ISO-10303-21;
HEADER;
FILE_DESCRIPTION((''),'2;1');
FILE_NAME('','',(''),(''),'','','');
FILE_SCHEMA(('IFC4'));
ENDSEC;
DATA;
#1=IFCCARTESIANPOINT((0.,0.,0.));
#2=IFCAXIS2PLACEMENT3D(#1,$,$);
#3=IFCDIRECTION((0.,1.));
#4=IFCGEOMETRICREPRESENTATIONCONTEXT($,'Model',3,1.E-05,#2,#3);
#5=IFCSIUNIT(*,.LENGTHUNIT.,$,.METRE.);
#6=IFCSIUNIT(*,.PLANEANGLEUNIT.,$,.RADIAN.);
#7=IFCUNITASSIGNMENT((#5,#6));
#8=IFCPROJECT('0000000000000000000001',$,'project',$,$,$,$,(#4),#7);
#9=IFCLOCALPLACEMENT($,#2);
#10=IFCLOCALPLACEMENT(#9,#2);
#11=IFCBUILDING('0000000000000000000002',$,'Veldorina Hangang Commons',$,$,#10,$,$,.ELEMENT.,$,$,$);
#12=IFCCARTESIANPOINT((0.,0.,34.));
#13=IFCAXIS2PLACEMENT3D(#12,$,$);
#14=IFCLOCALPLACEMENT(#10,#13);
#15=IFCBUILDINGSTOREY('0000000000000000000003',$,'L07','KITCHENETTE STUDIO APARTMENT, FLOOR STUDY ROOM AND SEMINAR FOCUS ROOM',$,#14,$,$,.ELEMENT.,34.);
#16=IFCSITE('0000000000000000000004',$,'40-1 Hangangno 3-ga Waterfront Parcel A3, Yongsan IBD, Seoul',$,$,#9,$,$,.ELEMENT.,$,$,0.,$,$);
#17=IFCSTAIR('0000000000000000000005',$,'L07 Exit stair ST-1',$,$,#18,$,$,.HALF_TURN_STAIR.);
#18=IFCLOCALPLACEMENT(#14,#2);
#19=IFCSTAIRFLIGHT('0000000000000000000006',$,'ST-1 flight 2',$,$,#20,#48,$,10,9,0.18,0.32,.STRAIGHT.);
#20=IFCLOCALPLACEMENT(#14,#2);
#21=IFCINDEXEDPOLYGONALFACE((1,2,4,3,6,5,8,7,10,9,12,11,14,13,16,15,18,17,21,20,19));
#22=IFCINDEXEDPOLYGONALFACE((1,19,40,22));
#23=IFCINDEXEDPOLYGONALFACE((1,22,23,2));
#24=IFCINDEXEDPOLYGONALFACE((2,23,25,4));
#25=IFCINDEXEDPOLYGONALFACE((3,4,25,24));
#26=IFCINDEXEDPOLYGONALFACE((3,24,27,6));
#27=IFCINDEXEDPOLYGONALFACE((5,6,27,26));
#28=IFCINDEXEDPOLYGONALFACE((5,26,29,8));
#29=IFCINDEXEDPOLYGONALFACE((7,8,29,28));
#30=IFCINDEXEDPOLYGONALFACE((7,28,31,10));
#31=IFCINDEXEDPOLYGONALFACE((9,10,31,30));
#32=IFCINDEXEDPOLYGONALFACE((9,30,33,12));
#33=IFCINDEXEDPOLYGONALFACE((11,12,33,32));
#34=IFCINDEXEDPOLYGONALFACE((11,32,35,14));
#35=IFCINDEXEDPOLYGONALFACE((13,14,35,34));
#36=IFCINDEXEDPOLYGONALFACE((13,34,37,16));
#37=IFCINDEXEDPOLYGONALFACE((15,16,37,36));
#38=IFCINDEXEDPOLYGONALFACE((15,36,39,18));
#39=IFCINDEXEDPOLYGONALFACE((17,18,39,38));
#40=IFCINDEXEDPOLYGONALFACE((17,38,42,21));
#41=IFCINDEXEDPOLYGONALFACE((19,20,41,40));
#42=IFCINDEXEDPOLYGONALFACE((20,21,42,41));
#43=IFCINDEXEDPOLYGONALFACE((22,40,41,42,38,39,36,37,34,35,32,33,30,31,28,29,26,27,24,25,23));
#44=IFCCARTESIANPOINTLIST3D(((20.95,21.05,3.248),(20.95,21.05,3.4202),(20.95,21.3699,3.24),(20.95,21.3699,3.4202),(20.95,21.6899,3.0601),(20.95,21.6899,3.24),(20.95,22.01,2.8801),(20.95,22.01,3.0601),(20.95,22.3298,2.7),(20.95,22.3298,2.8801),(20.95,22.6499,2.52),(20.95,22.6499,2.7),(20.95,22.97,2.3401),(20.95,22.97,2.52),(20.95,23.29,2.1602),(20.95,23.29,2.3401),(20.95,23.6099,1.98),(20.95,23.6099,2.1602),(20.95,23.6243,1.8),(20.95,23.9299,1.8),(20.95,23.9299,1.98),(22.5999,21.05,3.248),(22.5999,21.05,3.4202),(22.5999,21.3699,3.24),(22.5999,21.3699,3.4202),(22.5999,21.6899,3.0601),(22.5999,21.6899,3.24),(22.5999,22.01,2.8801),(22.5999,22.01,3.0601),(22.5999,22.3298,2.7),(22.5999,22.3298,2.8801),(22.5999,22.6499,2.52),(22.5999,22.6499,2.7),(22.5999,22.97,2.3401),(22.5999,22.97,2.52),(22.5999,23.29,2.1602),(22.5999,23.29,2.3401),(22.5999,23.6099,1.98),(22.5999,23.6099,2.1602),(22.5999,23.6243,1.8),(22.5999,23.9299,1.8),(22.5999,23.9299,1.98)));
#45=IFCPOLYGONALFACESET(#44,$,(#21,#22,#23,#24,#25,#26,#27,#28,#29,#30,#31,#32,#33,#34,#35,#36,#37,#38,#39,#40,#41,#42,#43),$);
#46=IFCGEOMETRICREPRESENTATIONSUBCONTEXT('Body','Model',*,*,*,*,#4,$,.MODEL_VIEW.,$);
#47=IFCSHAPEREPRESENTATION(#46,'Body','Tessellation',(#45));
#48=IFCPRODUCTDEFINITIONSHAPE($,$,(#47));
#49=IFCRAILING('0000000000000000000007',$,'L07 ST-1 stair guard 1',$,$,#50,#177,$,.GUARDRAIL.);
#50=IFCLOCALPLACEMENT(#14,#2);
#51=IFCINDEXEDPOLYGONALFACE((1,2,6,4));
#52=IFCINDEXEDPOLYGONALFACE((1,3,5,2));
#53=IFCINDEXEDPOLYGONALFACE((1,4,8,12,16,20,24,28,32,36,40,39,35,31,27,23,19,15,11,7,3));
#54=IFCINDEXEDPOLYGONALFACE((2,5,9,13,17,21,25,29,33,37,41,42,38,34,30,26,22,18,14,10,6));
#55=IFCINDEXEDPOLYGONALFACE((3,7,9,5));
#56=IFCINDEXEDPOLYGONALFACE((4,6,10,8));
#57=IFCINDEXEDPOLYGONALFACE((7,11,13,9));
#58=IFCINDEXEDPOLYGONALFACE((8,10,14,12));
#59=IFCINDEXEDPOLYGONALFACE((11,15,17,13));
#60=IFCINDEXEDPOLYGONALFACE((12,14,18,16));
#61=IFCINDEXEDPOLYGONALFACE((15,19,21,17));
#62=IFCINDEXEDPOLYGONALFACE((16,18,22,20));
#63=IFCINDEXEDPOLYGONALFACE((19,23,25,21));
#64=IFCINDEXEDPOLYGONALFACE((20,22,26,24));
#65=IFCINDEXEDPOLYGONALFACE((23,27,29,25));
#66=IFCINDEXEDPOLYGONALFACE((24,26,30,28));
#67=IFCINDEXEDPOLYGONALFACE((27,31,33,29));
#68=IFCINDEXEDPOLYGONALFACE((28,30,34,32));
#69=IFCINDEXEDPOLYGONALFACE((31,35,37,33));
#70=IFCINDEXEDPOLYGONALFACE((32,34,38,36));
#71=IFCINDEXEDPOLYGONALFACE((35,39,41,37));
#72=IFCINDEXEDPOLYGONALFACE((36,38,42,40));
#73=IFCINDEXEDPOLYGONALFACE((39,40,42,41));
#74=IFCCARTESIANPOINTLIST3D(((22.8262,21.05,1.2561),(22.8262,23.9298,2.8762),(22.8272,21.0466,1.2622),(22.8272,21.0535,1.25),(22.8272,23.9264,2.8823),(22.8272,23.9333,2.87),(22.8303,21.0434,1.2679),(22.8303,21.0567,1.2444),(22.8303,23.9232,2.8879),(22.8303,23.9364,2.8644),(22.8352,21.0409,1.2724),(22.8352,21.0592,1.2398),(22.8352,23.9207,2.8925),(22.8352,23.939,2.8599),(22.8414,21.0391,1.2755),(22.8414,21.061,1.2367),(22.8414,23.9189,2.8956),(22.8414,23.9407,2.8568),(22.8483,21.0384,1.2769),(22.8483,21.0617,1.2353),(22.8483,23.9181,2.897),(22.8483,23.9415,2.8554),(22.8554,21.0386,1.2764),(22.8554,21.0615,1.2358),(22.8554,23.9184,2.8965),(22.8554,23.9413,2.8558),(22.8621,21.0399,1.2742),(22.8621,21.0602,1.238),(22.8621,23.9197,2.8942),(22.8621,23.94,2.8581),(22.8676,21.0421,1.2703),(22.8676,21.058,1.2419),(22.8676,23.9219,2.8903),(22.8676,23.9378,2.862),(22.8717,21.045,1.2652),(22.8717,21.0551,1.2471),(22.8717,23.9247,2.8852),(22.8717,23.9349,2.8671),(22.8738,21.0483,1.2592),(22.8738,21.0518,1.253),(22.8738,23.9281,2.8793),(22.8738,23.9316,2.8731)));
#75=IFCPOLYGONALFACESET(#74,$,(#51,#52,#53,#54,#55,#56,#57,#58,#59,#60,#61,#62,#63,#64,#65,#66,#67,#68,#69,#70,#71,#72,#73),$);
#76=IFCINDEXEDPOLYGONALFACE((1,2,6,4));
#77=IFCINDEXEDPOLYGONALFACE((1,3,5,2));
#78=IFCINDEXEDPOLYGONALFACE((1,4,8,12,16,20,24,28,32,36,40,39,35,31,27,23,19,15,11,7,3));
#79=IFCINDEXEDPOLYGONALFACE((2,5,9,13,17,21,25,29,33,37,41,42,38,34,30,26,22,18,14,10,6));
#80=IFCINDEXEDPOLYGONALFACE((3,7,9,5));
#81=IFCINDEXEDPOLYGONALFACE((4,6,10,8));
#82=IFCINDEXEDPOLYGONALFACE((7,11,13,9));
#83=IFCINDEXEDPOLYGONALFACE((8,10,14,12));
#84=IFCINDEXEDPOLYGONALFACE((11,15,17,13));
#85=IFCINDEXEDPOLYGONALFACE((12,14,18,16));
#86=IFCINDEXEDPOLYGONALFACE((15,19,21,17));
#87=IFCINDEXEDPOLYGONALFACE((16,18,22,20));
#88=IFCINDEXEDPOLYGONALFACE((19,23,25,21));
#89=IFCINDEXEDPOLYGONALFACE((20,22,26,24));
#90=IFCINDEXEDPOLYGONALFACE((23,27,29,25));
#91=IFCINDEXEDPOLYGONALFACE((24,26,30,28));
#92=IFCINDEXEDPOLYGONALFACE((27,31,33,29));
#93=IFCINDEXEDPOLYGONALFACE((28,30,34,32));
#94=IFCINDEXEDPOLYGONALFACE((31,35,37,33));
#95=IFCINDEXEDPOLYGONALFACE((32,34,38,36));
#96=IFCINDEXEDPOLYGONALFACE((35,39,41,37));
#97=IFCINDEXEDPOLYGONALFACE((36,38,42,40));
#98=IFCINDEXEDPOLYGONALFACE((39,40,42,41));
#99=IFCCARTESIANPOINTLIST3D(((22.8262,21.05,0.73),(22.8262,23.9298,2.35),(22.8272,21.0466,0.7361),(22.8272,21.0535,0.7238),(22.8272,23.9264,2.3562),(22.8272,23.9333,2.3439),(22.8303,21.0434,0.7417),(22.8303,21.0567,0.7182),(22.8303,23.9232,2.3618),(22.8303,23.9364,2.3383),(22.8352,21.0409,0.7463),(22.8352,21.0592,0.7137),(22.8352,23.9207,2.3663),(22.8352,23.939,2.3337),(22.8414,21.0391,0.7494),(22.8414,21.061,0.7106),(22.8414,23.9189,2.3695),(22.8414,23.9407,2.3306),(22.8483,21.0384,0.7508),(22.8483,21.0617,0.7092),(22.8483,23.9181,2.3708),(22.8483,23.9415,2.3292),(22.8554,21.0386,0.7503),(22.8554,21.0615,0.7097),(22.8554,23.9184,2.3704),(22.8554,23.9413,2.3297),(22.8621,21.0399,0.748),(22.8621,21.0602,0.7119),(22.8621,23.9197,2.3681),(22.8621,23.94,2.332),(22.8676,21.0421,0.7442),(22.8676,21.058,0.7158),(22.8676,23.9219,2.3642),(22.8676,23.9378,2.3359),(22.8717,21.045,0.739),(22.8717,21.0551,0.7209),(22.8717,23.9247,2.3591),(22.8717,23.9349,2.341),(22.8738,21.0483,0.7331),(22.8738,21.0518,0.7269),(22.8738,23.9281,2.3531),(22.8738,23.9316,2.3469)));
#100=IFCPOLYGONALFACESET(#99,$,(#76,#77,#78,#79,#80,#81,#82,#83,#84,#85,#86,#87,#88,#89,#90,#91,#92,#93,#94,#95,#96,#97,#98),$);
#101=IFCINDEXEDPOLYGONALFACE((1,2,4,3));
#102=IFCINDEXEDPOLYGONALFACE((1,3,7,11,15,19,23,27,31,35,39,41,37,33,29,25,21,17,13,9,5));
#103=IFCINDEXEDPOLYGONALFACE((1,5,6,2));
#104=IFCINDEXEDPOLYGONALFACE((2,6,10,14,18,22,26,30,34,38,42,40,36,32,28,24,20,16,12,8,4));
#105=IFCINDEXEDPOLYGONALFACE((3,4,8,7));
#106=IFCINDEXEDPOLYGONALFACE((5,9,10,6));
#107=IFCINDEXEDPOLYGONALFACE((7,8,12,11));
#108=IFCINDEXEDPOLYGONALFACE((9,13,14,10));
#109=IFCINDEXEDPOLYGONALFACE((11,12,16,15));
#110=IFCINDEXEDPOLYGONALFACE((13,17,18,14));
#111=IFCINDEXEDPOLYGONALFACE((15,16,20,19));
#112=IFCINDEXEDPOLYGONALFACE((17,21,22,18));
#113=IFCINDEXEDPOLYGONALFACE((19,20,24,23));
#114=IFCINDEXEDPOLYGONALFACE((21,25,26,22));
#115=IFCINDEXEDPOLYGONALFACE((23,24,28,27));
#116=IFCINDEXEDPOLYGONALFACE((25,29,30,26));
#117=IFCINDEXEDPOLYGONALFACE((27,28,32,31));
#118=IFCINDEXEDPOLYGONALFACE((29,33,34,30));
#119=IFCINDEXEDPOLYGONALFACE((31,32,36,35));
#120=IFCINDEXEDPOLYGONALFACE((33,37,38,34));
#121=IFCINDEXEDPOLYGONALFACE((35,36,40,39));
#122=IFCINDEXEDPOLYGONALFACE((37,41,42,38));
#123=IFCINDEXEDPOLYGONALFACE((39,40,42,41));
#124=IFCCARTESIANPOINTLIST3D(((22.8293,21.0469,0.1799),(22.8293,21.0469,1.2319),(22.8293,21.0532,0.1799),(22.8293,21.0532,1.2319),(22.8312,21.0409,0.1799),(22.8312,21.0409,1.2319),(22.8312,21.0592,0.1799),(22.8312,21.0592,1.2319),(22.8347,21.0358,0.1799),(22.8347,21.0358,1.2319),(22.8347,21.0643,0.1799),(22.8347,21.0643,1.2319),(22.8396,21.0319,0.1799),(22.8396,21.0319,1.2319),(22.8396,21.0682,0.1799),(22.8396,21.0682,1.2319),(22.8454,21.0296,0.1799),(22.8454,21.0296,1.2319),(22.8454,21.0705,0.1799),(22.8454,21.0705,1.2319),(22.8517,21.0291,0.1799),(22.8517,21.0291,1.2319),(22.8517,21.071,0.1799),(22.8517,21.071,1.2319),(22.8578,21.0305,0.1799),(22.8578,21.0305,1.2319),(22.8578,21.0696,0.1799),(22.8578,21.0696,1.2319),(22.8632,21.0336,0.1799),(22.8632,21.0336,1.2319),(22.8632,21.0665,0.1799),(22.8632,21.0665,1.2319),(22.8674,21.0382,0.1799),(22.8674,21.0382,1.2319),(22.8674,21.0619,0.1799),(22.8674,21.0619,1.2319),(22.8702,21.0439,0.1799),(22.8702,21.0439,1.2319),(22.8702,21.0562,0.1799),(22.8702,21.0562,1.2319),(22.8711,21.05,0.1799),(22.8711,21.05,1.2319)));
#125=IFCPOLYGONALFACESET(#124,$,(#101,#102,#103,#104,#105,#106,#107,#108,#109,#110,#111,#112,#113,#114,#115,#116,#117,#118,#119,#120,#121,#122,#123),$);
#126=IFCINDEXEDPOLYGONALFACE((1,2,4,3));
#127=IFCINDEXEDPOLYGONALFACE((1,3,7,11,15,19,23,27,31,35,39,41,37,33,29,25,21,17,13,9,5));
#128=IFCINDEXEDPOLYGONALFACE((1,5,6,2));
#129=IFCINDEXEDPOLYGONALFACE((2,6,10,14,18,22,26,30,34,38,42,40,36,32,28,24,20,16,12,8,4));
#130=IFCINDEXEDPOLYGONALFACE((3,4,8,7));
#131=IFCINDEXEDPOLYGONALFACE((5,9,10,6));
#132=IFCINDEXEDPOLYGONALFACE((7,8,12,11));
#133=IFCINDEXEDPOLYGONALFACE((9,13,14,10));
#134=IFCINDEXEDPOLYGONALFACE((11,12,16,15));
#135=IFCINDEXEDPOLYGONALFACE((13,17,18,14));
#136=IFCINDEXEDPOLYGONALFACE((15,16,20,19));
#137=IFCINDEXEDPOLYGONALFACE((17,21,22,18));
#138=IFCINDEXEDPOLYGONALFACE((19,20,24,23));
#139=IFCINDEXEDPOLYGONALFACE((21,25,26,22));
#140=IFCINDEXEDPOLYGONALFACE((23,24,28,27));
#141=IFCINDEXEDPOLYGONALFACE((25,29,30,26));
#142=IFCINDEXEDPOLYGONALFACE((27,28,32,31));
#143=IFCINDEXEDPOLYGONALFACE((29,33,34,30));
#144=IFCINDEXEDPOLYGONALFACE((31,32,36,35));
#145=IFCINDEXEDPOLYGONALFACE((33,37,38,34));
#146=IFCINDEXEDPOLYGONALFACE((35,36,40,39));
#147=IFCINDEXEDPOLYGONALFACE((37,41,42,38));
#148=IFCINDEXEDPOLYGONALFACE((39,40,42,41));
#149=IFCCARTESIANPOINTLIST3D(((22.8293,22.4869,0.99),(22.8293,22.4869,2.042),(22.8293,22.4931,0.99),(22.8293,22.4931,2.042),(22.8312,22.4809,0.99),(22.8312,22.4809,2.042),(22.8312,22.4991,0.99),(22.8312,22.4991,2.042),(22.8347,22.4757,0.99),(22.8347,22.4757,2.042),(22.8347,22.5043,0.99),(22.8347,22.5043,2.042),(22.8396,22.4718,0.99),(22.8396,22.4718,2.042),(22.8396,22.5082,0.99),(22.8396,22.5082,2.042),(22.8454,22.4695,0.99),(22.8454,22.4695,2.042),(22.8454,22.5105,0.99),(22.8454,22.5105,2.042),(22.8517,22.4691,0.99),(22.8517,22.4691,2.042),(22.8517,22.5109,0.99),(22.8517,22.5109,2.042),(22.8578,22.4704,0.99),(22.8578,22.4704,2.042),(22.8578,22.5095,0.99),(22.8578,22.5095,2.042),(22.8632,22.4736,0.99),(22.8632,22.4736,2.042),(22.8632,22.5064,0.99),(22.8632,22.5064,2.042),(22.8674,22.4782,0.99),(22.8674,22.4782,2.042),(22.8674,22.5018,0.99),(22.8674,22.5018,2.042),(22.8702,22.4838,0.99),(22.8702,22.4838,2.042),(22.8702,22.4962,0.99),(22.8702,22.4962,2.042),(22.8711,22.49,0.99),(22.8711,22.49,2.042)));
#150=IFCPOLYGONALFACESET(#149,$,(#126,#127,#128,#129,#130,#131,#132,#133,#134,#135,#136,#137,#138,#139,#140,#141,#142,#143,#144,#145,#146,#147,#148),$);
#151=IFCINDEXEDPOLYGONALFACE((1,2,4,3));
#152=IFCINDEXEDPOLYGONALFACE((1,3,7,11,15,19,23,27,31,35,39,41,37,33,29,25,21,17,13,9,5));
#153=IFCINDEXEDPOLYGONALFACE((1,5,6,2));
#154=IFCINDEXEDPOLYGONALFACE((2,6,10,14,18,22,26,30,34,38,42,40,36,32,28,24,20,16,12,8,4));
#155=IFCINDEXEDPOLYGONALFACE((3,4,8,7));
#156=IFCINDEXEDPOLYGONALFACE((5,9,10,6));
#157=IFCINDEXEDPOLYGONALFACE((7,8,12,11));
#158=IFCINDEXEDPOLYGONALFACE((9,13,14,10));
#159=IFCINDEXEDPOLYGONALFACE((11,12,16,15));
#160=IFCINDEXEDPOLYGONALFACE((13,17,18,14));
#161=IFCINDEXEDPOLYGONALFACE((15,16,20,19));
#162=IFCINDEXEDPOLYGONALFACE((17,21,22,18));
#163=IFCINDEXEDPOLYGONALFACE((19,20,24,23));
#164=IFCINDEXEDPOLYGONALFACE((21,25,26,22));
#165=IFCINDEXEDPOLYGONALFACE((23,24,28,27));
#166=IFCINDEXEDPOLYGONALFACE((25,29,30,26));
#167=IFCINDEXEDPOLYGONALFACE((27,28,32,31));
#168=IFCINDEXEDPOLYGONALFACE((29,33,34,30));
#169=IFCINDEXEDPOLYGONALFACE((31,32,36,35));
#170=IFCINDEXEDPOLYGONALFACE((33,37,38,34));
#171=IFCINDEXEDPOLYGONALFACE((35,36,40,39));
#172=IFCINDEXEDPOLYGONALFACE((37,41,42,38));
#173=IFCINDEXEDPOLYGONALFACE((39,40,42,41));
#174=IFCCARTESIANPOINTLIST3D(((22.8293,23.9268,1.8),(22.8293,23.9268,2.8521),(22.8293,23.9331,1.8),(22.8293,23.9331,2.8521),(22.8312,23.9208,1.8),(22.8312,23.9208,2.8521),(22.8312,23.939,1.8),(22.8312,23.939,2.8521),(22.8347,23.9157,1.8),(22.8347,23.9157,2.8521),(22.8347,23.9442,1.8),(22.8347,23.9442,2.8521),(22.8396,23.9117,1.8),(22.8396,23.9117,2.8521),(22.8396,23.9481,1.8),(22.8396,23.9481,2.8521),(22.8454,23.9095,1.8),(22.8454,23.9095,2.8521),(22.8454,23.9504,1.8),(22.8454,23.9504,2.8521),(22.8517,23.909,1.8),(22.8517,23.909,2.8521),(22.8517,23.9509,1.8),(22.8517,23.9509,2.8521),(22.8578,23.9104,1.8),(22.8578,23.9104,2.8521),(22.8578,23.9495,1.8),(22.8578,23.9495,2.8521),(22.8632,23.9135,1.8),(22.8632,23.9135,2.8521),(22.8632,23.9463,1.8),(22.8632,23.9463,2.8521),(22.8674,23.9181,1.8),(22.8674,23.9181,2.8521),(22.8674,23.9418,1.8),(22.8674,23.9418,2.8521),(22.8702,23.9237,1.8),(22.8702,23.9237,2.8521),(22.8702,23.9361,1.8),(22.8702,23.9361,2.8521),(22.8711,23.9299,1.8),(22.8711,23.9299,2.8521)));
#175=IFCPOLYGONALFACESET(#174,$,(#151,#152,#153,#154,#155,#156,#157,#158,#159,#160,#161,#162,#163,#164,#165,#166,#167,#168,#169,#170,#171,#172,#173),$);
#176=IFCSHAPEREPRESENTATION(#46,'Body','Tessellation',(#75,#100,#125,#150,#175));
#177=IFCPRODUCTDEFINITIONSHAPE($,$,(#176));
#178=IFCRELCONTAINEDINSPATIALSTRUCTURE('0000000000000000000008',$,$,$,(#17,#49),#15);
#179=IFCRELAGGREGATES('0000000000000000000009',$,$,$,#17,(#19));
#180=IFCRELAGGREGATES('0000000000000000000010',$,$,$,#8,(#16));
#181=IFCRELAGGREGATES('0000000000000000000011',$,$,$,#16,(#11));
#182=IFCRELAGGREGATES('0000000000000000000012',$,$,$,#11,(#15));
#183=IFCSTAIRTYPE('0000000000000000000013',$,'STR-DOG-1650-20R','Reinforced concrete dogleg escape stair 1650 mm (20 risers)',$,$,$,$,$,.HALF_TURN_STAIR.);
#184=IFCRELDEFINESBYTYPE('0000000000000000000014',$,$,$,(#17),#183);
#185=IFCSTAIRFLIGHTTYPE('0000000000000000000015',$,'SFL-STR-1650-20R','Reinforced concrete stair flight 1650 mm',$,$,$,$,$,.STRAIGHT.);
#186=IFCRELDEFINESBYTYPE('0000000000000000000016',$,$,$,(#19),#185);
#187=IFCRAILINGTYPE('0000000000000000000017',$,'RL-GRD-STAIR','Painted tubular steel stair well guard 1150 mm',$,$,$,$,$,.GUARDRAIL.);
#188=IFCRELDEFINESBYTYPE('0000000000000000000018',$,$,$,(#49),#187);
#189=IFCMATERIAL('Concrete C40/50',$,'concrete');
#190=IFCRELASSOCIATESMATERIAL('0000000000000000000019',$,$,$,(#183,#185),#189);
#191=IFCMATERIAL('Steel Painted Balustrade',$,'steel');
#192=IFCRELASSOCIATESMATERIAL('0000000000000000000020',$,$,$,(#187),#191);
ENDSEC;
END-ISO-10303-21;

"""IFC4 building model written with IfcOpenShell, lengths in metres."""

from ifc_helpers import new_model, si_unit, direction, frame, origin, origin_2d, place, context, subcontext, project, spatial, polyline, circle, outline, extrude, material, type_object, element, aggregate, save


model = new_model("IFC4")

# Units and contexts
model_context = context("Model", 3, precision=1e-05, world=origin(), true_north=direction((0.0, 1.0)))
body_context = subcontext(model_context, "Body", "Model", "MODEL_VIEW")
ifc_project = project(units=[si_unit("LENGTHUNIT", "METRE"), si_unit("PLANEANGLEUNIT", "RADIAN")], contexts=[model_context])

# Site, building, storey
site_placement = place(None, origin())
site = spatial("IfcSite", under=ifc_project, at=site_placement, Name="40-1 Hangangno 3-ga Waterfront Parcel A3, Yongsan IBD, Seoul", CompositionType="ELEMENT", RefElevation=0.0)
building_placement = place(site_placement, origin())
building = spatial("IfcBuilding", under=site, at=building_placement, Name="Veldorina Hangang Commons", CompositionType="ELEMENT")
storey_placement = place(building_placement, frame((0.0, 0.0, 34.0)))
storey = spatial("IfcBuildingStorey", under=building, at=storey_placement, Name="L07", Description="KITCHENETTE STUDIO APARTMENT, FLOOR STUDY ROOM AND SEMINAR FOCUS ROOM", CompositionType="ELEMENT", Elevation=34.0)

# Stair, stair flight
ifc_material_1 = material(Name="Concrete C40/50", Category="concrete")
stair_type = type_object("IfcStairType", Name="STR-DOG-1650-20R", Description="Reinforced concrete dogleg escape stair 1650 mm (20 risers)", PredefinedType="HALF_TURN_STAIR", material=ifc_material_1)
stair_placement = place(storey_placement, origin())
stair = element("IfcStair", 1, at=stair_placement, inside=storey, type_object=stair_type, Name="L07 Exit stair ST-1", PredefinedType="HALF_TURN_STAIR")
stair_flight_type = type_object("IfcStairFlightType", Name="SFL-STR-1650-20R", Description="Reinforced concrete stair flight 1650 mm", PredefinedType="STRAIGHT", material=ifc_material_1)
stair_flight_1_placement = place(storey_placement, frame((21.7749, 23.9299, 1.8), z_axis=(0.0, 0.0, 1.0), x_axis=(0.0, -1.0, 0.0)))
stair_flight_1 = element("IfcStairFlight", 2, at=stair_flight_1_placement, type_object=stair_flight_type, Name="ST-1 flight 2", NumberOfRisers=10, NumberOfTreads=9, PredefinedType="STRAIGHT", RiserHeight=0.18, TreadLength=0.32, context=body_context, shape_type="SweptSolid", body=[
    extrude(outline(polyline([(0.0, 0.0), (0.0, 0.1799), (0.3201, 0.1799), (0.3201, 0.3601), (0.6399, 0.3601), (0.6399, 0.54), (0.96, 0.54), (0.96, 0.72), (1.28, 0.72), (1.28, 0.8999), (1.6001, 0.8999), (1.6001, 1.0801), (1.9199, 1.0801), (1.9199, 1.26), (2.24, 1.26), (2.24, 1.4399), (2.5601, 1.4399), (2.5601, 1.6201), (2.8799, 1.6201), (2.8799, 1.8), (2.8799, 1.448), (0.3057, 0.0), (0.0, 0.0)])), frame((0.0, 0.825, 0.0), z_axis=(0.0, -1.0, 0.0), x_axis=(1.0, 0.0, 0.0)), (0.0, 0.0, 1.0), 1.6499),
])
aggregate(stair, [stair_flight_1])

# Railing
ifc_material_2 = material(Name="Steel Painted Balustrade", Category="steel")
railing_type_1 = type_object("IfcRailingType", Name="RL-GRD-STAIR", Description="Painted tubular steel stair well guard 1150 mm", PredefinedType="GUARDRAIL", material=ifc_material_2)
railing_1_placement = place(storey_placement, frame((22.8501, 21.05, 0.1799)))
element("IfcRailing", 3, at=railing_1_placement, inside=storey, type_object=railing_type_1, Name="L07 ST-1 stair guard 1", PredefinedType="GUARDRAIL", context=body_context, shape_type="SweptSolid", body=[
    extrude(circle(Radius=0.0239, at=origin_2d()), frame((0.0, 0.0, 1.0762), z_axis=(0.0, 0.871552, 0.490303), x_axis=(-1.0, 0.0, 0.0)), (0.0, 0.0, 1.0), 3.3042),
    extrude(circle(Radius=0.0239, at=origin_2d()), frame((0.0, 0.0, 0.55), z_axis=(0.0, 0.871552, 0.490303), x_axis=(-1.0, 0.0, 0.0)), (0.0, 0.0, 1.0), 3.3042),
    extrude(circle(Radius=0.021, at=origin_2d()), origin(), (0.0, 0.0, 1.0), 1.052),
    extrude(circle(Radius=0.021, at=origin_2d()), frame((0.0, 1.4399, 0.8101)), (0.0, 0.0, 1.0), 1.052),
    extrude(circle(Radius=0.021, at=origin_2d()), frame((0.0, 2.8799, 1.6201)), (0.0, 0.0, 1.0), 1.052),
])

save(model, "model.ifc")
